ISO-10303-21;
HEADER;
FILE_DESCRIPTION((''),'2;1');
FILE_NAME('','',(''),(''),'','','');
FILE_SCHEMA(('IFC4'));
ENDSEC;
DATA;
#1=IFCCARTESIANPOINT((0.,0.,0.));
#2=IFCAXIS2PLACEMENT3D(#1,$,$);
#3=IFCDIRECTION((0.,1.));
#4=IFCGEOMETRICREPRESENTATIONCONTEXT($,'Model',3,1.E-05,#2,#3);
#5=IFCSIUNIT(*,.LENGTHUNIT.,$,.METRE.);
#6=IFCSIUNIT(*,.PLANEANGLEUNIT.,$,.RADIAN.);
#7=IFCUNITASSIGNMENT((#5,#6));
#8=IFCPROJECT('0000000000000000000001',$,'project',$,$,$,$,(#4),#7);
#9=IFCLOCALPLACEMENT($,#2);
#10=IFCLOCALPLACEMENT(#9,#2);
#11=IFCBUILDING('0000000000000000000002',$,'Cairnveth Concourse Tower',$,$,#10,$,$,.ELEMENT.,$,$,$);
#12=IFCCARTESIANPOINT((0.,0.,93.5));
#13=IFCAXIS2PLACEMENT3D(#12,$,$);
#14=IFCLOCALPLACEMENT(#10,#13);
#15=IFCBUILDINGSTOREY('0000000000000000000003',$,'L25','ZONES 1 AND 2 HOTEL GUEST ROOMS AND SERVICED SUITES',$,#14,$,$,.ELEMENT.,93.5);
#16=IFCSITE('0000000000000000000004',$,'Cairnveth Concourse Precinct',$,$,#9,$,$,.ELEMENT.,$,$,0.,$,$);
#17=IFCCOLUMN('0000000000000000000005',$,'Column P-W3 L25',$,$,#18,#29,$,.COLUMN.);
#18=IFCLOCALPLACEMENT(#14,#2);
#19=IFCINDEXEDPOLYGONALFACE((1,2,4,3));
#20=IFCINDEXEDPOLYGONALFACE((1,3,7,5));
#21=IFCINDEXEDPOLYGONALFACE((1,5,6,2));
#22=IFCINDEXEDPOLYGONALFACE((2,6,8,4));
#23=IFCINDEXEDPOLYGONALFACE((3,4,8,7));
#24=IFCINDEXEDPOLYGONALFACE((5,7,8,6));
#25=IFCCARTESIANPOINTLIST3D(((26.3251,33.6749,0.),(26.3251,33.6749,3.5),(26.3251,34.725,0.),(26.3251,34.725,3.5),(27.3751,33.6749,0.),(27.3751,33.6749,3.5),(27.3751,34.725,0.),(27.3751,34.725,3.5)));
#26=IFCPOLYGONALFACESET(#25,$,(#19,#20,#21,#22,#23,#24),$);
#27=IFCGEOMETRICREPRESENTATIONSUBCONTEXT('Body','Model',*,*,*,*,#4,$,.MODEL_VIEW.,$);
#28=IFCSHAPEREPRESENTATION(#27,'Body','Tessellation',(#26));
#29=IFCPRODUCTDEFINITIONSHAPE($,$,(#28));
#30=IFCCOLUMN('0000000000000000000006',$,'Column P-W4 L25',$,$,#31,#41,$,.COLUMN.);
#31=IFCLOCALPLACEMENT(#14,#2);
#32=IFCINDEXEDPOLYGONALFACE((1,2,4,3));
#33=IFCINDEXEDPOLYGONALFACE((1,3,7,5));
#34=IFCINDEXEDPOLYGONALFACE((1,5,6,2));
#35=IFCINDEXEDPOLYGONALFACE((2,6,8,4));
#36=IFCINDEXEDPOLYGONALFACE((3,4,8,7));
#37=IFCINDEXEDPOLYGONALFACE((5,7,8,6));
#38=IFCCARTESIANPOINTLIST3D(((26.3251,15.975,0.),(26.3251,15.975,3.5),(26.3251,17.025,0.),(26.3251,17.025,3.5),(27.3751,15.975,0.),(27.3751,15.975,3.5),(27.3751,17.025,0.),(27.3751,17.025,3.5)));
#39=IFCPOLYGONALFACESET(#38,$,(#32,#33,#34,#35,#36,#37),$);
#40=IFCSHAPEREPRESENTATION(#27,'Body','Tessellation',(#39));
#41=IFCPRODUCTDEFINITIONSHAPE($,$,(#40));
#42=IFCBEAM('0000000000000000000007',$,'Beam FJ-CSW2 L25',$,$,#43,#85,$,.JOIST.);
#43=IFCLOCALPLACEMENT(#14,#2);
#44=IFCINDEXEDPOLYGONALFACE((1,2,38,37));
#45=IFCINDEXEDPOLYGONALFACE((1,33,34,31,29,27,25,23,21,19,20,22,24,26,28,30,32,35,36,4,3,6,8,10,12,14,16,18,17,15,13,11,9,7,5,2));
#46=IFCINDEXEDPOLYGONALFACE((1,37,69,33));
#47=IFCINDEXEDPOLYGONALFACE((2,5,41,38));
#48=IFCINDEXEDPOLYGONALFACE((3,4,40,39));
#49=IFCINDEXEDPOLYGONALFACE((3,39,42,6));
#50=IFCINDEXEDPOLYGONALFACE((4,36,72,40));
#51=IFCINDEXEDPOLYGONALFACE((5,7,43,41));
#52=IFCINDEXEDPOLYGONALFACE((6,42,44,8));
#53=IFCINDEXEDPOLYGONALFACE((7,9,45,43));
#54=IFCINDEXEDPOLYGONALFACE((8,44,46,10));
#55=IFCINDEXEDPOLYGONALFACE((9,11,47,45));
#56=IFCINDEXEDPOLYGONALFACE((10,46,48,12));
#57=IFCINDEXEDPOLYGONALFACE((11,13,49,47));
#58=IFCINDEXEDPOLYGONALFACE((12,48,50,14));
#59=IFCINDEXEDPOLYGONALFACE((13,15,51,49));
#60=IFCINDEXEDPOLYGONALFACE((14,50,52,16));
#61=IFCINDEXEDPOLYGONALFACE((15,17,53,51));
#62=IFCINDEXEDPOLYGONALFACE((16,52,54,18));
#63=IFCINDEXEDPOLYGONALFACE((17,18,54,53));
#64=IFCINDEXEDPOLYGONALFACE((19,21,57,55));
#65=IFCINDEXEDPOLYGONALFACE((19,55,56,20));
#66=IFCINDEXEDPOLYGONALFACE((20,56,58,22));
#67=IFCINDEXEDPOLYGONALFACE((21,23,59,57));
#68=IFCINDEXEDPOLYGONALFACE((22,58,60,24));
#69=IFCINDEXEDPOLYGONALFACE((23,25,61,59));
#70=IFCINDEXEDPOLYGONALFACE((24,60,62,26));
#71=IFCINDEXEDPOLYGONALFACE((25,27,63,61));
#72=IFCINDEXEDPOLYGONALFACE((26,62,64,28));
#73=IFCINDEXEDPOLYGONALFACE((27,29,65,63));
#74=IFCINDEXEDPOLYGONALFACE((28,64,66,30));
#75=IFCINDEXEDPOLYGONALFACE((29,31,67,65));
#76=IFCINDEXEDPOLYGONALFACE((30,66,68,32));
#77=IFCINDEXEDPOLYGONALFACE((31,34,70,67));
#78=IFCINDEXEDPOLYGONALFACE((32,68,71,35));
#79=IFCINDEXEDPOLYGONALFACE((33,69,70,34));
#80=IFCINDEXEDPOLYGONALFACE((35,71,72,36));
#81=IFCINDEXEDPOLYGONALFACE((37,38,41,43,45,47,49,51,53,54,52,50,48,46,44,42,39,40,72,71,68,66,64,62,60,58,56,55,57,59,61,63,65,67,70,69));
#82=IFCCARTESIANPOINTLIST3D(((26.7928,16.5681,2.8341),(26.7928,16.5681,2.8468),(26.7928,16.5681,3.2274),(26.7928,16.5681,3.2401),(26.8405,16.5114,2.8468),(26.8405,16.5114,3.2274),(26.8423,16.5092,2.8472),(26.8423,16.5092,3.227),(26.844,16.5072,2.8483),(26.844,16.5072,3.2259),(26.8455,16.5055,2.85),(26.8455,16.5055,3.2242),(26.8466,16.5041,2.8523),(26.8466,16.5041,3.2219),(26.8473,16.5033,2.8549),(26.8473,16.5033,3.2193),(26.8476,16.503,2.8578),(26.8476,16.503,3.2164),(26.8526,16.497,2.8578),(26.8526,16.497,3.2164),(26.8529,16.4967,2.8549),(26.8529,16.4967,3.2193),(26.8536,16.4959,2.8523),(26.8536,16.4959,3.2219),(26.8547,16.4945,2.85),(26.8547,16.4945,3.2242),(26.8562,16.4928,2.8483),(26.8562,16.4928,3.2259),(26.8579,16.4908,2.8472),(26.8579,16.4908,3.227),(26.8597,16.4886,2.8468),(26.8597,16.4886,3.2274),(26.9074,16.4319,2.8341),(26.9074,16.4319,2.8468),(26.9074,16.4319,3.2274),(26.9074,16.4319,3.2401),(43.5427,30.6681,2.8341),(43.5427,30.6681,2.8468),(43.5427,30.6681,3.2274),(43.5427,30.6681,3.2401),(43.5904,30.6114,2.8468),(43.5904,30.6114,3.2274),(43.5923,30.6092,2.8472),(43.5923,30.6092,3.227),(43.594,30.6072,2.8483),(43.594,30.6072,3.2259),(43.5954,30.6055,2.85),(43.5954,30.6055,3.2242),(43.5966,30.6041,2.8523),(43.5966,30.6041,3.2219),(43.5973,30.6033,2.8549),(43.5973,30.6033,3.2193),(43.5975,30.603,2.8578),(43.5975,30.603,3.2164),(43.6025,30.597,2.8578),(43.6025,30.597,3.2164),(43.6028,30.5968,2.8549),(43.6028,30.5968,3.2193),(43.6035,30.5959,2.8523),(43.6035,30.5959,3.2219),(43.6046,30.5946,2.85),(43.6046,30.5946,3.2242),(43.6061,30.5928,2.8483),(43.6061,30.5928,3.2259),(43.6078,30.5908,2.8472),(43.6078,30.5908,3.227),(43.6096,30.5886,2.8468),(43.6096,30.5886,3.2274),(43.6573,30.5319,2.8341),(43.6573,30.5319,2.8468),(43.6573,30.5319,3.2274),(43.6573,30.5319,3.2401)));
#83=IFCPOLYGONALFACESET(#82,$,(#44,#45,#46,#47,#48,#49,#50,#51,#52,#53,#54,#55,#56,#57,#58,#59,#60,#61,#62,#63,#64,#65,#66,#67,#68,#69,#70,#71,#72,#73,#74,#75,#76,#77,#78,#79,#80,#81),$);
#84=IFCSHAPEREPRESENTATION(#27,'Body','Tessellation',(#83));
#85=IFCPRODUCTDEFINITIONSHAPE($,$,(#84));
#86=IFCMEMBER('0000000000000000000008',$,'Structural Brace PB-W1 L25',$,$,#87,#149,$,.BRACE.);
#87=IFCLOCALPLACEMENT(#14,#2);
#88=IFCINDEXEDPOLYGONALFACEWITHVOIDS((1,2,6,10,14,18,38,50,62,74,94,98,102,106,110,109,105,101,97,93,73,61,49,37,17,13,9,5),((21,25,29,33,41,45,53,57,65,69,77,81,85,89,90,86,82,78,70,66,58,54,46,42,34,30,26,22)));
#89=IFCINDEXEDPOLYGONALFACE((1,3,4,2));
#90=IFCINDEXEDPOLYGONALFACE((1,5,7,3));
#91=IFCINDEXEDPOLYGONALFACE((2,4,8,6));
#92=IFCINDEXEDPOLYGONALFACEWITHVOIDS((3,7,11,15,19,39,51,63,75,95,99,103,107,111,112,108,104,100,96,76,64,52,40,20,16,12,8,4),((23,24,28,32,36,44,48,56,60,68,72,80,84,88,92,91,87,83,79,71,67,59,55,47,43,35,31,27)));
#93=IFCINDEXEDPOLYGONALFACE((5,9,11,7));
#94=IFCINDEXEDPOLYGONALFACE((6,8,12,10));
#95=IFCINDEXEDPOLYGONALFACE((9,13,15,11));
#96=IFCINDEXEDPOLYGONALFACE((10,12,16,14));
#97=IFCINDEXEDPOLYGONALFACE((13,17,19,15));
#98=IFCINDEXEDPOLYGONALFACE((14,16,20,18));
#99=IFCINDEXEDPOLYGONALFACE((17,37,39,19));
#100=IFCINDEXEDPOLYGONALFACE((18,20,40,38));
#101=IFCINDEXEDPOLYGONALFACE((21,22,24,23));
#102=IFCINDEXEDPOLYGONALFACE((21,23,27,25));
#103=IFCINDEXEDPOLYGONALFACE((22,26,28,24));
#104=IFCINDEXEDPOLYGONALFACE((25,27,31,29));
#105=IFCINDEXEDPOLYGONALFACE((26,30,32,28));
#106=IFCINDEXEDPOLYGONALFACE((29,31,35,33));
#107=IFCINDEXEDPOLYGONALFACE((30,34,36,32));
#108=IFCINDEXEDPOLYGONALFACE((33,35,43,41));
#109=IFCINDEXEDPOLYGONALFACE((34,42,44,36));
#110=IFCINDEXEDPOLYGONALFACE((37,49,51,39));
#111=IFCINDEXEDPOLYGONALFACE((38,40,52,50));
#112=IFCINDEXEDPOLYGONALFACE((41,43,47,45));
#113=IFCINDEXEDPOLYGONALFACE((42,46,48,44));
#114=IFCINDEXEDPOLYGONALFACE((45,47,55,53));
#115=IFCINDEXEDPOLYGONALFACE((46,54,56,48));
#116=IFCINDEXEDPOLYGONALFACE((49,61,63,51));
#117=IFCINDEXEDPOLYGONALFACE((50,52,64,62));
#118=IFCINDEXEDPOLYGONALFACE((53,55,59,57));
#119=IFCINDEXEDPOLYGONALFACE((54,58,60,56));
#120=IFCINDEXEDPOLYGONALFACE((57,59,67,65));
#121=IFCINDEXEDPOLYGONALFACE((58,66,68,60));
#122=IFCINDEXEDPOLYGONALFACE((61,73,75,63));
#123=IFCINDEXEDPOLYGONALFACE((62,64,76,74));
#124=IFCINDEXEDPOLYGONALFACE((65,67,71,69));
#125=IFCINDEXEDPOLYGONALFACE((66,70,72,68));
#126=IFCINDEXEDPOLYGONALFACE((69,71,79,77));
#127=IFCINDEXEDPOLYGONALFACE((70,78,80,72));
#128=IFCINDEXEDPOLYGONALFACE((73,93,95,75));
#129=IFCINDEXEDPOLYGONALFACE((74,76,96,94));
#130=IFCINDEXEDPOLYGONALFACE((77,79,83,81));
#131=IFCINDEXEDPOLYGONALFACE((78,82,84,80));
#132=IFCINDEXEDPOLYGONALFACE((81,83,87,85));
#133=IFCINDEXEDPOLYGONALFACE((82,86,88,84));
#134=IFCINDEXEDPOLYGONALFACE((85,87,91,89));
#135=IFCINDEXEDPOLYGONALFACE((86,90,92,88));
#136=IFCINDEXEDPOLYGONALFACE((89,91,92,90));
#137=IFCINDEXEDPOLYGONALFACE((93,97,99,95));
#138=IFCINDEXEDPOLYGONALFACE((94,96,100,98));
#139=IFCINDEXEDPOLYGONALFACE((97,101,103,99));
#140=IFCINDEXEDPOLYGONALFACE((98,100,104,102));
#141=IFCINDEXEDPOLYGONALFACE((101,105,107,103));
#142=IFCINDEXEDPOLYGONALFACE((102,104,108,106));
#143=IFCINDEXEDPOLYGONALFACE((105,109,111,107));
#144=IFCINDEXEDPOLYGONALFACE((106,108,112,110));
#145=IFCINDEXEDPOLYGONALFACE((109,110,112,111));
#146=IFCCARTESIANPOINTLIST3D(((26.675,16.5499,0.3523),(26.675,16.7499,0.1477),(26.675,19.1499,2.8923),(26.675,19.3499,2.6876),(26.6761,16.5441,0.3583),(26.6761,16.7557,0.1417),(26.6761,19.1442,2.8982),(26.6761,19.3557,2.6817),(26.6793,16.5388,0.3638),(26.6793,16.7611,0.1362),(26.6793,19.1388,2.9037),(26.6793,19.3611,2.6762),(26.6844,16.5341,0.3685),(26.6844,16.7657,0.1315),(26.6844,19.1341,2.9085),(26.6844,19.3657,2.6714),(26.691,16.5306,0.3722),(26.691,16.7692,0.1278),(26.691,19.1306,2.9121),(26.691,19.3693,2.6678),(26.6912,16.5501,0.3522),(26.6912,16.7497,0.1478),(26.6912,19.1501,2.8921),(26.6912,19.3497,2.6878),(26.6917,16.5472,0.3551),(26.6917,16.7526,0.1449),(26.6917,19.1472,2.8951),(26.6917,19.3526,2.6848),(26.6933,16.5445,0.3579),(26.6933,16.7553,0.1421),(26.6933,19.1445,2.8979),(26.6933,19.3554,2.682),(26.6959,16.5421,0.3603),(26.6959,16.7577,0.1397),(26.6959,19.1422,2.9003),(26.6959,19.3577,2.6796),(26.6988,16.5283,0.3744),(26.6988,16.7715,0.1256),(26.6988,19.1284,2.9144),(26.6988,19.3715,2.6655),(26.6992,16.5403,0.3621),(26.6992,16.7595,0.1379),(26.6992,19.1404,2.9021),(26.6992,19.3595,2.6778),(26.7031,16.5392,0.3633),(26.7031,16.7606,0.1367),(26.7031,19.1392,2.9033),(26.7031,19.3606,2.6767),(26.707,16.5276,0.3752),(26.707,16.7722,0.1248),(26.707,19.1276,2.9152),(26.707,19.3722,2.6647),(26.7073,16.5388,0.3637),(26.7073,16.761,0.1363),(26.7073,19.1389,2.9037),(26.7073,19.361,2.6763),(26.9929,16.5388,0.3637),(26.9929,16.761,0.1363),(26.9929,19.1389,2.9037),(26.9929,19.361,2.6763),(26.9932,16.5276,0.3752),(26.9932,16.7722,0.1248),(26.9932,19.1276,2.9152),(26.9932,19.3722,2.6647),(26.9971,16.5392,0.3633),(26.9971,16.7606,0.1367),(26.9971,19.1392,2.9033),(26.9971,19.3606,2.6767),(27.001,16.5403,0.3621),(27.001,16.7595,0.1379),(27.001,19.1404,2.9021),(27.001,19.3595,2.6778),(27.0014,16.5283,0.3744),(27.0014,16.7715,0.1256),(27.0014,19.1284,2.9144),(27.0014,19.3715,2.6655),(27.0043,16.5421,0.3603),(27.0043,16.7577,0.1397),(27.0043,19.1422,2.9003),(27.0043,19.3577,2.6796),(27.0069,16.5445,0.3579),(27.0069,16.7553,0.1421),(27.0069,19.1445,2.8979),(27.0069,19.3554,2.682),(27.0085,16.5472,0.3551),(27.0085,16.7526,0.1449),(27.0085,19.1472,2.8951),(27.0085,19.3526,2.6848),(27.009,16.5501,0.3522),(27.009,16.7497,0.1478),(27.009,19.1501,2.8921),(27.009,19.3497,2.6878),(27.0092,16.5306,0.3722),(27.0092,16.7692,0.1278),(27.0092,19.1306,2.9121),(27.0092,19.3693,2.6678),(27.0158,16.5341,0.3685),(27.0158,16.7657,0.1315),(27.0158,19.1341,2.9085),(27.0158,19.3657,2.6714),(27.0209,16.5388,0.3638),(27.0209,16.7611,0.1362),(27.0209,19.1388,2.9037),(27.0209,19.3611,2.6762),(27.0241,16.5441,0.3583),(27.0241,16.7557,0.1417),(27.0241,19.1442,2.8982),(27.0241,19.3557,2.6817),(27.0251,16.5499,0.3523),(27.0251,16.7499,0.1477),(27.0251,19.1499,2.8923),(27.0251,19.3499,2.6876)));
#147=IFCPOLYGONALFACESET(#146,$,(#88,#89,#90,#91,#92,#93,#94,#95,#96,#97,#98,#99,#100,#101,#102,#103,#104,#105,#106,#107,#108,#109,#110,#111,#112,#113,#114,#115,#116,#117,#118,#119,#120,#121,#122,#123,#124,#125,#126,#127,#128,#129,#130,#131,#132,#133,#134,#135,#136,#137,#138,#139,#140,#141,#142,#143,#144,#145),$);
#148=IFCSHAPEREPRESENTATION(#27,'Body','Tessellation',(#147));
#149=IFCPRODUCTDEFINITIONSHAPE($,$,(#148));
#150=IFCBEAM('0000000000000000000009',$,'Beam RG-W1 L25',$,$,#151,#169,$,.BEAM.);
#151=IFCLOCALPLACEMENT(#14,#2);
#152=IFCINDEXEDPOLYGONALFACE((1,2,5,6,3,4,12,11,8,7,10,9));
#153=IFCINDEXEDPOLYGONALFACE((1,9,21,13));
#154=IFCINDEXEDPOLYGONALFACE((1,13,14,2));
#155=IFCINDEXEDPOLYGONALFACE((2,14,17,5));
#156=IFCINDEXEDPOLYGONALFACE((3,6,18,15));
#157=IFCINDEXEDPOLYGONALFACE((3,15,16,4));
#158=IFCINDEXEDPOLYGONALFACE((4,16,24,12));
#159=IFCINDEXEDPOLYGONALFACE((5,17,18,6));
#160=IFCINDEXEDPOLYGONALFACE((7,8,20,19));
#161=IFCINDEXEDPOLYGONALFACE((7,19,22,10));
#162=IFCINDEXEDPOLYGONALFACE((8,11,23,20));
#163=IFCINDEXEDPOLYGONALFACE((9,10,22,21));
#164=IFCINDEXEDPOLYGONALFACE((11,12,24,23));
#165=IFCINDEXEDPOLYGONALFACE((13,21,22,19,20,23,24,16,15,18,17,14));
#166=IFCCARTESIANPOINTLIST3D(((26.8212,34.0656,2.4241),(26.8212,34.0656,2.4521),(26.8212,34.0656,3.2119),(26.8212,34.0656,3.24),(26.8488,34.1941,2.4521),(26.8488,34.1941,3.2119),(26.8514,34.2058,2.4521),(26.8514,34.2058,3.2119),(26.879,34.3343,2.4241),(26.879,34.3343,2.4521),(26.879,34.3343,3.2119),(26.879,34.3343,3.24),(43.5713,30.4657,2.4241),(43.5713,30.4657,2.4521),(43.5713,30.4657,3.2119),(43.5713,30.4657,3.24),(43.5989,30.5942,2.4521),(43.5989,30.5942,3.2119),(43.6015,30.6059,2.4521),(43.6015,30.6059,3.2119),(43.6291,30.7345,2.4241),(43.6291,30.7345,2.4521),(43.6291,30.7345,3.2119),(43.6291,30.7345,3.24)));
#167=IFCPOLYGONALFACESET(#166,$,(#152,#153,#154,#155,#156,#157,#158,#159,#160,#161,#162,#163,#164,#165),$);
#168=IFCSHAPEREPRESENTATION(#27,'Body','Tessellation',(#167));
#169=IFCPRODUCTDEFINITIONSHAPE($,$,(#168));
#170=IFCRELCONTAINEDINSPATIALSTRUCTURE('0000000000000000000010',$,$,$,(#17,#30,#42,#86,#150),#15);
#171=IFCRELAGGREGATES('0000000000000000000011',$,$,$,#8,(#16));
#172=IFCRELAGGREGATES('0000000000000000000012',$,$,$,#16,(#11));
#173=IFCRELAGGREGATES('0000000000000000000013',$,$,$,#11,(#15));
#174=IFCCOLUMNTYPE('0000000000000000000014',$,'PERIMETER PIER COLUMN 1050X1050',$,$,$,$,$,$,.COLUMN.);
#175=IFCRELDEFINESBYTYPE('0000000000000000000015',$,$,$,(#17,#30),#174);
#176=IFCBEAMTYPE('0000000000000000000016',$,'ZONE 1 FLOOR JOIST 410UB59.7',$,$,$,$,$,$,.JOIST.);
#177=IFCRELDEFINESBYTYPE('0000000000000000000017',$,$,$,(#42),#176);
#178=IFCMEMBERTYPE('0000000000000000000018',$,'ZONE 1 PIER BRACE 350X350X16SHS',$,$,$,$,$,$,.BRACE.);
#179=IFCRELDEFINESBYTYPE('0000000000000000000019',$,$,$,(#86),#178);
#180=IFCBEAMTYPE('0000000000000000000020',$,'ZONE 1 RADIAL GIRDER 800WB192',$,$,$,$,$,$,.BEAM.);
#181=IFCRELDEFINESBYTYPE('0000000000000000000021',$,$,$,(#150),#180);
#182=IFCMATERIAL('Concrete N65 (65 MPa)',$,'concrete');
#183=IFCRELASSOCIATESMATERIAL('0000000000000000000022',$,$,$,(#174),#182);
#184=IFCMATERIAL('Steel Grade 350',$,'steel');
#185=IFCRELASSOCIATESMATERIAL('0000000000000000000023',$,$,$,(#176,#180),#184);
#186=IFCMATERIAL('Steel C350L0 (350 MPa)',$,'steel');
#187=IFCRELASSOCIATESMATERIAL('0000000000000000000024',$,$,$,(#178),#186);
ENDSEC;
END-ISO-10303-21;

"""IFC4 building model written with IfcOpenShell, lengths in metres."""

from ifc_helpers import new_model, si_unit, direction, frame, origin, origin_2d, place, context, subcontext, project, spatial, rectangle, hollow_rectangle, i_section, extrude, material, material_profile, profile_set, type_object, element, save


model = new_model("IFC4")

# Units and contexts
model_context = context("Model", 3, precision=1e-05, world=origin(), true_north=direction((0.0, 1.0)))
body_context = subcontext(model_context, "Body", "Model", "MODEL_VIEW")
ifc_project = project(units=[si_unit("LENGTHUNIT", "METRE"), si_unit("PLANEANGLEUNIT", "RADIAN")], contexts=[model_context])

# Site, building, storey
site_placement = place(None, origin())
site = spatial("IfcSite", under=ifc_project, at=site_placement, Name="Cairnveth Concourse Precinct", CompositionType="ELEMENT", RefElevation=0.0)
building_placement = place(site_placement, origin())
building = spatial("IfcBuilding", under=site, at=building_placement, Name="Cairnveth Concourse Tower", CompositionType="ELEMENT")
storey_placement = place(building_placement, frame((0.0, 0.0, 93.5)))
storey = spatial("IfcBuildingStorey", under=building, at=storey_placement, Name="L25", Description="ZONES 1 AND 2 HOTEL GUEST ROOMS AND SERVICED SUITES", CompositionType="ELEMENT", Elevation=93.5)

# Columns
ifc_material_1 = material(Name="Concrete N65 (65 MPa)", Category="concrete")
ifc_material_profile_1 = material_profile(ifc_material_1, rectangle(XDim=1.05, YDim=1.05, at=origin_2d()), Name="RC-COL-1050x1050")
ifc_profile_set_1 = profile_set([ifc_material_profile_1], Name="Concrete N65 (65 MPa)")
column_type = type_object("IfcColumnType", Name="PERIMETER PIER COLUMN 1050X1050", PredefinedType="COLUMN", material=ifc_profile_set_1)
for number, where, z_axis, x_axis, name in (
    (1, (26.8501, 34.2, 0.0), (0.0, 0.0, 1.0), (0.0, 1.0, 0.0), "Column P-W3 L25"),
    (2, (26.8501, 16.5, 0.0), (0.0, 0.0, 1.0), (0.0, 1.0, 0.0), "Column P-W4 L25"),
):
    element("IfcColumn", number, at=place(storey_placement, frame(where, z_axis=z_axis, x_axis=x_axis)), inside=storey, type_object=column_type, Name=name, PredefinedType="COLUMN", context=body_context, shape_type="SweptSolid", body=[
        extrude(rectangle(XDim=1.05, YDim=1.05, at=origin_2d()), origin(), (0.0, 0.0, 1.0), 3.5),
    ])

# Beam
ifc_material_2 = material(Name="Steel Grade 350", Category="steel")
ifc_material_profile_2 = material_profile(ifc_material_2, i_section(OverallWidth=0.178, OverallDepth=0.406, WebThickness=0.0078, FlangeThickness=0.0127, FilletRadius=0.011, at=origin_2d()), Name="410UB59.7")
ifc_profile_set_2 = profile_set([ifc_material_profile_2], Name="Steel Grade 350")
beam_type_1 = type_object("IfcBeamType", Name="ZONE 1 FLOOR JOIST 410UB59.7", PredefinedType="JOIST", material=ifc_profile_set_2)
beam_1_placement = place(storey_placement, frame((26.8501, 16.5, 3.0371), z_axis=(0.765027, 0.643998, 0.0), x_axis=(-0.643998, 0.765027, 0.0)))
element("IfcBeam", 3, at=beam_1_placement, inside=storey, type_object=beam_type_1, Name="Beam FJ-CSW2 L25", PredefinedType="JOIST", context=body_context, shape_type="SweptSolid", body=[
    extrude(i_section(OverallWidth=0.178, OverallDepth=0.406, WebThickness=0.0078, FlangeThickness=0.0127, FilletRadius=0.011, at=origin_2d()), origin(), (0.0, 0.0, 1.0), 21.8945),
])

# Member
ifc_material_3 = material(Name="Steel C350L0 (350 MPa)", Category="steel")
ifc_material_profile_3 = material_profile(ifc_material_3, hollow_rectangle(XDim=0.3501, YDim=0.3501, WallThickness=0.0161, InnerFilletRadius=0.0161, OuterFilletRadius=0.032, at=origin_2d()), Name="350x350x16.0SHS")
ifc_profile_set_3 = profile_set([ifc_material_profile_3], Name="Steel C350L0 (350 MPa)")
member_type = type_object("IfcMemberType", Name="ZONE 1 PIER BRACE 350X350X16SHS", PredefinedType="BRACE", material=ifc_profile_set_3)
member_placement = place(storey_placement, frame((26.8501, 16.6499, 0.25), z_axis=(0.0, 0.71532, 0.698797), x_axis=(-1.0, 0.0, 0.0)))
element("IfcMember", 4, at=member_placement, inside=storey, type_object=member_type, Name="Structural Brace PB-W1 L25", PredefinedType="BRACE", context=body_context, shape_type="SweptSolid", body=[
    extrude(hollow_rectangle(XDim=0.3501, YDim=0.3501, WallThickness=0.0161, InnerFilletRadius=0.0161, OuterFilletRadius=0.032, at=origin_2d()), origin(), (0.0, 0.0, 1.0), 3.6348),
])

# Beam
ifc_material_profile_4 = material_profile(ifc_material_2, i_section(OverallWidth=0.2749, OverallDepth=0.8159, WebThickness=0.012, FlangeThickness=0.0281, at=origin_2d()), Name="800WB192")
ifc_profile_set_4 = profile_set([ifc_material_profile_4], Name="Steel Grade 350")
beam_type_2 = type_object("IfcBeamType", Name="ZONE 1 RADIAL GIRDER 800WB192", PredefinedType="BEAM", material=ifc_profile_set_4)
beam_2_placement = place(storey_placement, frame((26.8501, 34.2, 2.832), z_axis=(0.977676, -0.210119, 0.0), x_axis=(0.210119, 0.977676, 0.0)))
element("IfcBeam", 5, at=beam_2_placement, inside=storey, type_object=beam_type_2, Name="Beam RG-W1 L25", PredefinedType="BEAM", context=body_context, shape_type="SweptSolid", body=[
    extrude(i_section(OverallWidth=0.2749, OverallDepth=0.8159, WebThickness=0.012, FlangeThickness=0.0281, at=origin_2d()), origin(), (0.0, 0.0, 1.0), 17.1326),
])

save(model, "model.ifc")
